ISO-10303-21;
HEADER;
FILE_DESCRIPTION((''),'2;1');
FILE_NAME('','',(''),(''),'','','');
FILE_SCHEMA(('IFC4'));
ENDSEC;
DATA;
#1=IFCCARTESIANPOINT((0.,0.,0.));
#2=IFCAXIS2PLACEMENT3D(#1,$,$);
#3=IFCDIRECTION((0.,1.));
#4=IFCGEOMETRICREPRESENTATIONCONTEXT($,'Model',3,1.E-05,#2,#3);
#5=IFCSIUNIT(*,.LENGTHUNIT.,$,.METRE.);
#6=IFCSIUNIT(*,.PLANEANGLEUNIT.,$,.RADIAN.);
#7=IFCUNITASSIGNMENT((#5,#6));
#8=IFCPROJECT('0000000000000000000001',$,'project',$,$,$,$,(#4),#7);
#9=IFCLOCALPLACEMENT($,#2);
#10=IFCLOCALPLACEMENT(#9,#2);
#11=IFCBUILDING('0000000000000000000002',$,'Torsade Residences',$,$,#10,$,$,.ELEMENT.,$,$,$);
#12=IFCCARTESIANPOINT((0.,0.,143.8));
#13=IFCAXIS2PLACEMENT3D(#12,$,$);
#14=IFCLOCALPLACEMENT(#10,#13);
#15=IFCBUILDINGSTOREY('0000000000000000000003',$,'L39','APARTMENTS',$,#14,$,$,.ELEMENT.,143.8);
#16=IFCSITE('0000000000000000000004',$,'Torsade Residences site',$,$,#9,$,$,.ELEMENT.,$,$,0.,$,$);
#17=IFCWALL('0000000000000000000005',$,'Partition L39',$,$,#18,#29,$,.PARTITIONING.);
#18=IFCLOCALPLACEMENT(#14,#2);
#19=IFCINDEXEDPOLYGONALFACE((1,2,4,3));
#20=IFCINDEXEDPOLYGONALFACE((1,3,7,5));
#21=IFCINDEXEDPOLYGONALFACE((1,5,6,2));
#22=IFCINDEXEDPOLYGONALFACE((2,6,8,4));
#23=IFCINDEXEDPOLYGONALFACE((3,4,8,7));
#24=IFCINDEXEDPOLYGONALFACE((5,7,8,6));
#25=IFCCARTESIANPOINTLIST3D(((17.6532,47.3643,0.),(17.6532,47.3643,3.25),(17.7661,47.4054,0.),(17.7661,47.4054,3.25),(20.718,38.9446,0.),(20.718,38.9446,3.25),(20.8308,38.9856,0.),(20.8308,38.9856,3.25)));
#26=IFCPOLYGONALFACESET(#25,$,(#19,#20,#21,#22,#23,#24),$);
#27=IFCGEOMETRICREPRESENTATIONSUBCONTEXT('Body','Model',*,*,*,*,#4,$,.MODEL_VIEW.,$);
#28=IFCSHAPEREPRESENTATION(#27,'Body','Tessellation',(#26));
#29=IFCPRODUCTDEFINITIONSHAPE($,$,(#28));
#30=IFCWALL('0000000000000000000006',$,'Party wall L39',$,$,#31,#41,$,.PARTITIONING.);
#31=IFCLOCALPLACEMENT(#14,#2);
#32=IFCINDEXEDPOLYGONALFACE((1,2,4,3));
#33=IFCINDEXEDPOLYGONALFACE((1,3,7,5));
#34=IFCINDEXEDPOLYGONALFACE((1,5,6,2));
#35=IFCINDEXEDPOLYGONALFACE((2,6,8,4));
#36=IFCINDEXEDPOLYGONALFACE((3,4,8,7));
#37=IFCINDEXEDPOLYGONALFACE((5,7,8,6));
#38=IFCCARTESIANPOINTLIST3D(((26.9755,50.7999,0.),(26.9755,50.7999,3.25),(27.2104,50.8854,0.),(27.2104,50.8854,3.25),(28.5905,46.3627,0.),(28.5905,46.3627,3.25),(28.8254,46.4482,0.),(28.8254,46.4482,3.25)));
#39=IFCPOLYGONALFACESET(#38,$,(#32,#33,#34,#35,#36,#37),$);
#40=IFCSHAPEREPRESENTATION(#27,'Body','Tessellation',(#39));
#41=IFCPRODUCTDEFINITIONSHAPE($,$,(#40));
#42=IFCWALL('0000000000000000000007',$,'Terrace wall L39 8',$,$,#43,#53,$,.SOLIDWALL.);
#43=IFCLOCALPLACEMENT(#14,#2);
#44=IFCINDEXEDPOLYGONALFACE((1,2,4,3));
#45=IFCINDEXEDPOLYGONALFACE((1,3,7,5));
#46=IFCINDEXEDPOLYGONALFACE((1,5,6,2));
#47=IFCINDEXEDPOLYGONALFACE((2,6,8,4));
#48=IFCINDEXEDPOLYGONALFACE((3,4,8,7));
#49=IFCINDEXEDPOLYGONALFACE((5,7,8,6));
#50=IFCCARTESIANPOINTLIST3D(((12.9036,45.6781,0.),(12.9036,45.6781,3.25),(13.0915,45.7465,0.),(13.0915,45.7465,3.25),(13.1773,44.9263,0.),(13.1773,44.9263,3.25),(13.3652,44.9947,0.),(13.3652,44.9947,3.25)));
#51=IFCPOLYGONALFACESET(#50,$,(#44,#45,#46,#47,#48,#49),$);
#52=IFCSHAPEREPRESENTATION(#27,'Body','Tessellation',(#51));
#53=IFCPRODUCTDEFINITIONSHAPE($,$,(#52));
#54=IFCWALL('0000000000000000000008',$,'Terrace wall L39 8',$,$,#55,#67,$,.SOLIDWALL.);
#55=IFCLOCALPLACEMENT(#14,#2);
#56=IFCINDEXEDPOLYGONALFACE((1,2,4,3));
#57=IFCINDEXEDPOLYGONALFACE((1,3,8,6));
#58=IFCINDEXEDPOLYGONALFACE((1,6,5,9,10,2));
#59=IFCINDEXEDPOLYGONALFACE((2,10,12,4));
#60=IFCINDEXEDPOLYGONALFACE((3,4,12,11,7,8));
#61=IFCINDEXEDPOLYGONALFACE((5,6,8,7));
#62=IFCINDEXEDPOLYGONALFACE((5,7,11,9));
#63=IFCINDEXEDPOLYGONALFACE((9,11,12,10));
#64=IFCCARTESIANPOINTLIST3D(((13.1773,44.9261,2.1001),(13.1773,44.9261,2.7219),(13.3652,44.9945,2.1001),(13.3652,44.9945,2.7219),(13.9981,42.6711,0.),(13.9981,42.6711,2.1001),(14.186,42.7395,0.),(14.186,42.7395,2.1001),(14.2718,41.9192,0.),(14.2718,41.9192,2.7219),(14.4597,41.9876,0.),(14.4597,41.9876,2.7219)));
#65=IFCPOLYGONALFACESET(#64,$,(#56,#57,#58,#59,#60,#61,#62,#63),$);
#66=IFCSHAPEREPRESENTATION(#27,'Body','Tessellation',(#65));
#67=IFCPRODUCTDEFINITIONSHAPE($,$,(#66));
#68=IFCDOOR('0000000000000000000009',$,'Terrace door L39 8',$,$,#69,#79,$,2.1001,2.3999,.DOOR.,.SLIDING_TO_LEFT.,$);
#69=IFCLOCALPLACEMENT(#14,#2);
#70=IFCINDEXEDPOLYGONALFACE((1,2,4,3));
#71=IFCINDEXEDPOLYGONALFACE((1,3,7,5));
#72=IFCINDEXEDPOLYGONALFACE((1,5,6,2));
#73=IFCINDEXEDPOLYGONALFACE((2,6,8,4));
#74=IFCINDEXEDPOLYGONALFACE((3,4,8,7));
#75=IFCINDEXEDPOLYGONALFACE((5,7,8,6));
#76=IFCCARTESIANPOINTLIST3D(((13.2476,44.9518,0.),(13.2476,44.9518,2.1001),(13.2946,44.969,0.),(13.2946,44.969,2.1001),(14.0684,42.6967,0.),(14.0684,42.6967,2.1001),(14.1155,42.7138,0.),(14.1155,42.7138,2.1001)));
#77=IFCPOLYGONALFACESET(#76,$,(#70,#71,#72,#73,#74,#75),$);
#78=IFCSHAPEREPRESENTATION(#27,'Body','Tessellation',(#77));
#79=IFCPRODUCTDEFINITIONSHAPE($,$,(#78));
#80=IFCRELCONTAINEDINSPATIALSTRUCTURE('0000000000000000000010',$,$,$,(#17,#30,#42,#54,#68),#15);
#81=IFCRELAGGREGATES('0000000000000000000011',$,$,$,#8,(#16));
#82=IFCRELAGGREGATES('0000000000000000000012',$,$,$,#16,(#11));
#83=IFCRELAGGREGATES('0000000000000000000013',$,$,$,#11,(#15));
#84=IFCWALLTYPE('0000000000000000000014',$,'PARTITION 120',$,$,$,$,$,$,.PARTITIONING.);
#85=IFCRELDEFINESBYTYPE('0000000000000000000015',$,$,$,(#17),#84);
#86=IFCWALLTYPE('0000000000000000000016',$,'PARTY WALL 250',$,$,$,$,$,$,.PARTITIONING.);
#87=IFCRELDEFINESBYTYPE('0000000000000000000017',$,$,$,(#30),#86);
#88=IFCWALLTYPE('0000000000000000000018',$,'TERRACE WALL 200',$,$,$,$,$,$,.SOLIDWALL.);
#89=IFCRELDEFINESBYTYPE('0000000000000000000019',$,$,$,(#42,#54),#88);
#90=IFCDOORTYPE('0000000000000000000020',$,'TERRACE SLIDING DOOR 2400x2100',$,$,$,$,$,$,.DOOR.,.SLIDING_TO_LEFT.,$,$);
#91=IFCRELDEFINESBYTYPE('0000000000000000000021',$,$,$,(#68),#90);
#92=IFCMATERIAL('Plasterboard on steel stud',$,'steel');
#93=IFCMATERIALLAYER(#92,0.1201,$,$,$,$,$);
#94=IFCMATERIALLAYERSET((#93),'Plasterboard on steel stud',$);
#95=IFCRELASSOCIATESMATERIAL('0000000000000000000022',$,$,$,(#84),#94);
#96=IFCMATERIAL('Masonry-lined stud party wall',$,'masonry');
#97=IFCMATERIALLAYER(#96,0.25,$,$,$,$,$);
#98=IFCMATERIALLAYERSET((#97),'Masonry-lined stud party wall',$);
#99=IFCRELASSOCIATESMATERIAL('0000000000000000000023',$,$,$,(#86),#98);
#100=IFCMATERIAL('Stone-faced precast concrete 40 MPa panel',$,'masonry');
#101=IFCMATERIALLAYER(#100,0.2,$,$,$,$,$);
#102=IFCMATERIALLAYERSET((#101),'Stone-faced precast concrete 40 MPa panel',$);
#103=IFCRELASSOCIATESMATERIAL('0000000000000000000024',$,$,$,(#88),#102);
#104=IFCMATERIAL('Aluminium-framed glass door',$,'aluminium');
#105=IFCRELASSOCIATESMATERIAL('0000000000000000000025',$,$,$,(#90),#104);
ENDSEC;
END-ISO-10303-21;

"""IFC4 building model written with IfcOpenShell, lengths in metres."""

from ifc_helpers import new_model, si_unit, direction, frame, frame_2d, origin, place, context, subcontext, project, spatial, rectangle, extrude, material, layer, layer_set, type_object, element, fill, save


model = new_model("IFC4")

# Units and contexts
model_context = context("Model", 3, precision=1e-05, world=origin(), true_north=direction((0.0, 1.0)))
body_context = subcontext(model_context, "Body", "Model", "MODEL_VIEW")
ifc_project = project(units=[si_unit("LENGTHUNIT", "METRE"), si_unit("PLANEANGLEUNIT", "RADIAN")], contexts=[model_context])

# Site, building, storey
site_placement = place(None, origin())
site = spatial("IfcSite", under=ifc_project, at=site_placement, Name="Torsade Residences site", CompositionType="ELEMENT", RefElevation=0.0)
building_placement = place(site_placement, origin())
building = spatial("IfcBuilding", under=site, at=building_placement, Name="Torsade Residences", CompositionType="ELEMENT")
storey_placement = place(building_placement, frame((0.0, 0.0, 143.8)))
storey = spatial("IfcBuildingStorey", under=building, at=storey_placement, Name="L39", Description="APARTMENTS", CompositionType="ELEMENT", Elevation=143.8)

# Walls
ifc_material_1 = material(Name="Plasterboard on steel stud", Category="steel")
ifc_layer_1 = layer(ifc_material_1, 0.1201)
ifc_layer_set_1 = layer_set([ifc_layer_1], Name="Plasterboard on steel stud")
wall_type_1 = type_object("IfcWallType", Name="PARTITION 120", PredefinedType="PARTITIONING", material=ifc_layer_set_1)
wall_1_placement = place(storey_placement, frame((17.7097, 47.3848, 0.0), z_axis=(0.0, 0.0, 1.0), x_axis=(0.342038, -0.939686, 0.0)))
element("IfcWall", 1, at=wall_1_placement, inside=storey, type_object=wall_type_1, Name="Partition L39", PredefinedType="PARTITIONING", context=body_context, shape_type="SweptSolid", body=[
    extrude(rectangle(XDim=8.9602, YDim=0.1201, at=frame_2d((4.48, 0.0))), origin(), (0.0, 0.0, 1.0), 3.25),
])
ifc_material_2 = material(Name="Masonry-lined stud party wall", Category="masonry")
ifc_layer_2 = layer(ifc_material_2, 0.25)
ifc_layer_set_2 = layer_set([ifc_layer_2], Name="Masonry-lined stud party wall")
wall_type_2 = type_object("IfcWallType", Name="PARTY WALL 250", PredefinedType="PARTITIONING", material=ifc_layer_set_2)
wall_2_placement = place(storey_placement, frame((27.093, 50.8425, 0.0), z_axis=(0.0, 0.0, 1.0), x_axis=(0.342013, -0.939695, 0.0)))
element("IfcWall", 2, at=wall_2_placement, inside=storey, type_object=wall_type_2, Name="Party wall L39", PredefinedType="PARTITIONING", context=body_context, shape_type="SweptSolid", body=[
    extrude(rectangle(XDim=4.7219, YDim=0.25, at=frame_2d((2.3608, 0.0))), origin(), (0.0, 0.0, 1.0), 3.25),
])
ifc_material_3 = material(Name="Stone-faced precast concrete 40 MPa panel", Category="masonry")
ifc_layer_3 = layer(ifc_material_3, 0.2)
ifc_layer_set_3 = layer_set([ifc_layer_3], Name="Stone-faced precast concrete 40 MPa panel")
wall_type_3 = type_object("IfcWallType", Name="TERRACE WALL 200", PredefinedType="SOLIDWALL", material=ifc_layer_set_3)
wall_3_placement = place(storey_placement, frame((12.9976, 45.7122, 0.0), z_axis=(0.0, 0.0, 1.0), x_axis=(0.342111, -0.93966, 0.0)))
element("IfcWall", 3, at=wall_3_placement, inside=storey, type_object=wall_type_3, Name="Terrace wall L39 8", PredefinedType="SOLIDWALL", context=body_context, shape_type="SweptSolid", body=[
    extrude(rectangle(XDim=0.8, YDim=0.2, at=frame_2d((0.3999, 0.0))), origin(), (0.0, 0.0, 1.0), 3.25),
])

# Wall, opening, door
wall_4_placement = place(storey_placement, frame((13.2712, 44.9604, 0.0), z_axis=(0.0, 0.0, 1.0), x_axis=(0.342019, -0.939693, 0.0)))
wall_4 = element("IfcWall", 4, at=wall_4_placement, inside=storey, type_object=wall_type_3, Name="Terrace wall L39 8", PredefinedType="SOLIDWALL", context=body_context, shape_type="SweptSolid", body=[
    extrude(rectangle(XDim=3.2, YDim=0.2, at=frame_2d((1.6001, 0.0))), origin(), (0.0, 0.0, 1.0), 2.7219),
])
opening_1_placement = place(wall_4_placement, origin())
opening_1 = element("IfcOpeningElement", 5, at=opening_1_placement, cuts=wall_4, PredefinedType="OPENING", context=body_context, shape_type="SweptSolid", body=[
    extrude(rectangle(XDim=2.3999, YDim=2.1001, at=frame_2d((1.2, 1.05))), frame((0.0, 0.1099, 0.0), z_axis=(0.0, -1.0, 0.0), x_axis=(1.0, 0.0, 0.0)), (0.0, 0.0, 1.0), 0.22),
])
ifc_material_4 = material(Name="Aluminium-framed glass door", Category="aluminium")
door_type_1 = type_object("IfcDoorType", Name="TERRACE SLIDING DOOR 2400x2100", OperationType="SLIDING_TO_LEFT", PredefinedType="DOOR", material=ifc_material_4)
door_1_placement = place(opening_1_placement, origin())
door_1 = element("IfcDoor", 6, at=door_1_placement, inside=storey, type_object=door_type_1, Name="Terrace door L39 8", OperationType="SLIDING_TO_LEFT", OverallHeight=2.1001, OverallWidth=2.3999, PredefinedType="DOOR", context=body_context, shape_type="SweptSolid", body=[
    extrude(rectangle(XDim=2.3999, YDim=2.1001, at=frame_2d((1.2, 1.05))), frame((0.0, 0.0249, 0.0), z_axis=(0.0, -1.0, 0.0), x_axis=(1.0, 0.0, 0.0)), (0.0, 0.0, 1.0), 0.05),
])
fill(opening_1, door_1)

save(model, "model.ifc")
